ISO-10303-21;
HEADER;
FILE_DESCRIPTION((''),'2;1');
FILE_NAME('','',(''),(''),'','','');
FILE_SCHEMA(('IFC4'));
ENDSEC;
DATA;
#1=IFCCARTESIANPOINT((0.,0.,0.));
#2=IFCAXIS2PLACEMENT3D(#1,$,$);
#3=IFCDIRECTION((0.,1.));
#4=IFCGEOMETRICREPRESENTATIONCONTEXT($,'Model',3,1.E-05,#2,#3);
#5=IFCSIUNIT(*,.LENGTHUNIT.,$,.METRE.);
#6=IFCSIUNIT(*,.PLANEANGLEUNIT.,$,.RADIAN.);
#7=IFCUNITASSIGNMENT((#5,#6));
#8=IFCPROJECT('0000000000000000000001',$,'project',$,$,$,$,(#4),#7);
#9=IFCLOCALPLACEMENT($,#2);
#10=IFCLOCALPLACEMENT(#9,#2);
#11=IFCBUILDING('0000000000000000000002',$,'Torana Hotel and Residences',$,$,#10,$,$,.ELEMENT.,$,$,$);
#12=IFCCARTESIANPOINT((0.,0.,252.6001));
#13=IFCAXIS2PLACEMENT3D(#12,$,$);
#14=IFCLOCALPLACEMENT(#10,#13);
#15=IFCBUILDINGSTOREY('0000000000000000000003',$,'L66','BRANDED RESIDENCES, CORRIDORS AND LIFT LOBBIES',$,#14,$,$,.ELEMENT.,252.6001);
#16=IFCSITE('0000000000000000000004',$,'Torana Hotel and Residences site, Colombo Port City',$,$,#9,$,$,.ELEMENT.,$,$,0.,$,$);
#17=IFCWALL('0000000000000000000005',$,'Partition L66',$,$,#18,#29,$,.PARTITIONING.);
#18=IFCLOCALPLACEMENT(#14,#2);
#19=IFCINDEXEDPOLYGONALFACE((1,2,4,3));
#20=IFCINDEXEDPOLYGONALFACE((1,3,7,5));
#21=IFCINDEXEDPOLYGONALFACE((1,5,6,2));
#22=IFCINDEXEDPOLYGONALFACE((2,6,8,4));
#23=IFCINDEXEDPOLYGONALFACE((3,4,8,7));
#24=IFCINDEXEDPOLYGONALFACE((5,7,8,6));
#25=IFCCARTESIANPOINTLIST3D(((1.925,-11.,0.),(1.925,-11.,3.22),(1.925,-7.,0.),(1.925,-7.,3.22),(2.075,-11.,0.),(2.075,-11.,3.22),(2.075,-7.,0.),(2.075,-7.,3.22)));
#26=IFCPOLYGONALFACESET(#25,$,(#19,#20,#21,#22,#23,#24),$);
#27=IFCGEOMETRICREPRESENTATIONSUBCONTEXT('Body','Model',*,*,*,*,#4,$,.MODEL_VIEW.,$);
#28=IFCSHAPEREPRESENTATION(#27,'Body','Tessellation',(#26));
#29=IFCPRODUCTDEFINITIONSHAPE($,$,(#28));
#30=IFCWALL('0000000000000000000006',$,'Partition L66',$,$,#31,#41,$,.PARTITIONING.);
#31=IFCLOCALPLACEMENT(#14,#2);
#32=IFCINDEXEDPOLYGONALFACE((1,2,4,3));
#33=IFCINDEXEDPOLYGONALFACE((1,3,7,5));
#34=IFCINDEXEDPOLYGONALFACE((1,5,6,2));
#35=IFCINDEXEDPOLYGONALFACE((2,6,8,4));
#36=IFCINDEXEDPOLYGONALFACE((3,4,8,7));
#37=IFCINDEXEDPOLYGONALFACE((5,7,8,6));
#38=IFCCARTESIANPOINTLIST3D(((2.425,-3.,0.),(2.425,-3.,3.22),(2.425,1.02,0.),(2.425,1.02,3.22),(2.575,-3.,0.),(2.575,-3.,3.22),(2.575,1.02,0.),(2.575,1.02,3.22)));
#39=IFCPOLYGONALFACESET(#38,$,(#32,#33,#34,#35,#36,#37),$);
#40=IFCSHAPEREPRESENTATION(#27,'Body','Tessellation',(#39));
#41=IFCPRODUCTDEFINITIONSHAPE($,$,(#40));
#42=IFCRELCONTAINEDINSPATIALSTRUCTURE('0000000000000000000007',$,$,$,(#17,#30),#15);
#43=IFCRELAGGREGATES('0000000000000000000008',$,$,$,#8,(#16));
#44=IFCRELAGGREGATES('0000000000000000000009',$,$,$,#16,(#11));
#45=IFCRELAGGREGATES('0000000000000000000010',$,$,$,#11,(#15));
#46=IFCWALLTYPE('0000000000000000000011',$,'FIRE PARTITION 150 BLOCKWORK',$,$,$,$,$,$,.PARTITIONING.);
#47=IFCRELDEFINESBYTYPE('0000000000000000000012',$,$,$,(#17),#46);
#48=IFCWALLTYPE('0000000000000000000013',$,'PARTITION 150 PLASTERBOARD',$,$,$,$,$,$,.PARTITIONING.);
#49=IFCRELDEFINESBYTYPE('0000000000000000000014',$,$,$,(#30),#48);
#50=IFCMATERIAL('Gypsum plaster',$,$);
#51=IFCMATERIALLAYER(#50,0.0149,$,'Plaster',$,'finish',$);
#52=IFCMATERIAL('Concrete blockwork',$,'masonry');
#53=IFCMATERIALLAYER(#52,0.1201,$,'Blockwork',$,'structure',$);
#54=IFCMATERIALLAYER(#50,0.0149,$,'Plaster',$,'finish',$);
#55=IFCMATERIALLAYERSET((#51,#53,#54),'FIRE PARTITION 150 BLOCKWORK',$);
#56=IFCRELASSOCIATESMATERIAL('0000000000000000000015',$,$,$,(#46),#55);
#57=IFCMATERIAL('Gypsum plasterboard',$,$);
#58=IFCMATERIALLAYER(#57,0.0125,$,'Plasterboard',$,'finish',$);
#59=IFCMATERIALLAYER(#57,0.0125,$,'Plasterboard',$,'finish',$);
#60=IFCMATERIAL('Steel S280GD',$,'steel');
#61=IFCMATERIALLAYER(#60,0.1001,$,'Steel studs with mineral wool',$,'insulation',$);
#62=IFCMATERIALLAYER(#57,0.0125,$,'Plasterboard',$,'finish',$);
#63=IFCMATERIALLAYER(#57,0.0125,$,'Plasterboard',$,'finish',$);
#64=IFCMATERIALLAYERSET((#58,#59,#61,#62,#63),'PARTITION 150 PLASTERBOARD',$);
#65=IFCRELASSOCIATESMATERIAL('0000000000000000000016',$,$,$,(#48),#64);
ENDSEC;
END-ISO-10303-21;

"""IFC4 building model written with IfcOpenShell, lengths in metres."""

from ifc_helpers import new_model, si_unit, direction, frame, frame_2d, origin, place, context, subcontext, project, spatial, rectangle, extrude, material, layer, layer_set, type_object, element, save


model = new_model("IFC4")

# Units and contexts
model_context = context("Model", 3, precision=1e-05, world=origin(), true_north=direction((0.0, 1.0)))
body_context = subcontext(model_context, "Body", "Model", "MODEL_VIEW")
ifc_project = project(units=[si_unit("LENGTHUNIT", "METRE"), si_unit("PLANEANGLEUNIT", "RADIAN")], contexts=[model_context])

# Site, building, storey
site_placement = place(None, origin())
site = spatial("IfcSite", under=ifc_project, at=site_placement, Name="Torana Hotel and Residences site, Colombo Port City", CompositionType="ELEMENT", RefElevation=0.0)
building_placement = place(site_placement, origin())
building = spatial("IfcBuilding", under=site, at=building_placement, Name="Torana Hotel and Residences", CompositionType="ELEMENT")
storey_placement = place(building_placement, frame((0.0, 0.0, 252.6001)))
storey = spatial("IfcBuildingStorey", under=building, at=storey_placement, Name="L66", Description="BRANDED RESIDENCES, CORRIDORS AND LIFT LOBBIES", CompositionType="ELEMENT", Elevation=252.6001)

# Walls
ifc_material_1 = material(Name="Gypsum plaster")
ifc_layer_1 = layer(ifc_material_1, 0.0149, Name="Plaster", Category="finish")
ifc_material_2 = material(Name="Concrete blockwork", Category="masonry")
ifc_layer_2 = layer(ifc_material_2, 0.1201, Name="Blockwork", Category="structure")
ifc_layer_3 = layer(ifc_material_1, 0.0149, Name="Plaster", Category="finish")
ifc_layer_set_1 = layer_set([ifc_layer_1, ifc_layer_2, ifc_layer_3], Name="FIRE PARTITION 150 BLOCKWORK")
wall_type_1 = type_object("IfcWallType", Name="FIRE PARTITION 150 BLOCKWORK", PredefinedType="PARTITIONING", material=ifc_layer_set_1)
wall_1_placement = place(storey_placement, frame((2.0, -11.0, 0.0), z_axis=(0.0, 0.0, 1.0), x_axis=(0.0, 1.0, 0.0)))
element("IfcWall", 1, at=wall_1_placement, inside=storey, type_object=wall_type_1, Name="Partition L66", PredefinedType="PARTITIONING", context=body_context, shape_type="SweptSolid", body=[
    extrude(rectangle(XDim=4.0, YDim=0.1499, at=frame_2d((2.0, 0.0))), origin(), (0.0, 0.0, 1.0), 3.22),
])
ifc_material_3 = material(Name="Gypsum plasterboard")
ifc_layer_4 = layer(ifc_material_3, 0.0125, Name="Plasterboard", Category="finish")
ifc_layer_5 = layer(ifc_material_3, 0.0125, Name="Plasterboard", Category="finish")
ifc_material_4 = material(Name="Steel S280GD", Category="steel")
ifc_layer_6 = layer(ifc_material_4, 0.1001, Name="Steel studs with mineral wool", Category="insulation")
ifc_layer_7 = layer(ifc_material_3, 0.0125, Name="Plasterboard", Category="finish")
ifc_layer_8 = layer(ifc_material_3, 0.0125, Name="Plasterboard", Category="finish")
ifc_layer_set_2 = layer_set([ifc_layer_4, ifc_layer_5, ifc_layer_6, ifc_layer_7, ifc_layer_8], Name="PARTITION 150 PLASTERBOARD")
wall_type_2 = type_object("IfcWallType", Name="PARTITION 150 PLASTERBOARD", PredefinedType="PARTITIONING", material=ifc_layer_set_2)
wall_2_placement = place(storey_placement, frame((2.5, -3.0, 0.0), z_axis=(0.0, 0.0, 1.0), x_axis=(0.0, 1.0, 0.0)))
element("IfcWall", 2, at=wall_2_placement, inside=storey, type_object=wall_type_2, Name="Partition L66", PredefinedType="PARTITIONING", context=body_context, shape_type="SweptSolid", body=[
    extrude(rectangle(XDim=4.02, YDim=0.1499, at=frame_2d((2.01, 0.0))), origin(), (0.0, 0.0, 1.0), 3.22),
])

save(model, "model.ifc")
